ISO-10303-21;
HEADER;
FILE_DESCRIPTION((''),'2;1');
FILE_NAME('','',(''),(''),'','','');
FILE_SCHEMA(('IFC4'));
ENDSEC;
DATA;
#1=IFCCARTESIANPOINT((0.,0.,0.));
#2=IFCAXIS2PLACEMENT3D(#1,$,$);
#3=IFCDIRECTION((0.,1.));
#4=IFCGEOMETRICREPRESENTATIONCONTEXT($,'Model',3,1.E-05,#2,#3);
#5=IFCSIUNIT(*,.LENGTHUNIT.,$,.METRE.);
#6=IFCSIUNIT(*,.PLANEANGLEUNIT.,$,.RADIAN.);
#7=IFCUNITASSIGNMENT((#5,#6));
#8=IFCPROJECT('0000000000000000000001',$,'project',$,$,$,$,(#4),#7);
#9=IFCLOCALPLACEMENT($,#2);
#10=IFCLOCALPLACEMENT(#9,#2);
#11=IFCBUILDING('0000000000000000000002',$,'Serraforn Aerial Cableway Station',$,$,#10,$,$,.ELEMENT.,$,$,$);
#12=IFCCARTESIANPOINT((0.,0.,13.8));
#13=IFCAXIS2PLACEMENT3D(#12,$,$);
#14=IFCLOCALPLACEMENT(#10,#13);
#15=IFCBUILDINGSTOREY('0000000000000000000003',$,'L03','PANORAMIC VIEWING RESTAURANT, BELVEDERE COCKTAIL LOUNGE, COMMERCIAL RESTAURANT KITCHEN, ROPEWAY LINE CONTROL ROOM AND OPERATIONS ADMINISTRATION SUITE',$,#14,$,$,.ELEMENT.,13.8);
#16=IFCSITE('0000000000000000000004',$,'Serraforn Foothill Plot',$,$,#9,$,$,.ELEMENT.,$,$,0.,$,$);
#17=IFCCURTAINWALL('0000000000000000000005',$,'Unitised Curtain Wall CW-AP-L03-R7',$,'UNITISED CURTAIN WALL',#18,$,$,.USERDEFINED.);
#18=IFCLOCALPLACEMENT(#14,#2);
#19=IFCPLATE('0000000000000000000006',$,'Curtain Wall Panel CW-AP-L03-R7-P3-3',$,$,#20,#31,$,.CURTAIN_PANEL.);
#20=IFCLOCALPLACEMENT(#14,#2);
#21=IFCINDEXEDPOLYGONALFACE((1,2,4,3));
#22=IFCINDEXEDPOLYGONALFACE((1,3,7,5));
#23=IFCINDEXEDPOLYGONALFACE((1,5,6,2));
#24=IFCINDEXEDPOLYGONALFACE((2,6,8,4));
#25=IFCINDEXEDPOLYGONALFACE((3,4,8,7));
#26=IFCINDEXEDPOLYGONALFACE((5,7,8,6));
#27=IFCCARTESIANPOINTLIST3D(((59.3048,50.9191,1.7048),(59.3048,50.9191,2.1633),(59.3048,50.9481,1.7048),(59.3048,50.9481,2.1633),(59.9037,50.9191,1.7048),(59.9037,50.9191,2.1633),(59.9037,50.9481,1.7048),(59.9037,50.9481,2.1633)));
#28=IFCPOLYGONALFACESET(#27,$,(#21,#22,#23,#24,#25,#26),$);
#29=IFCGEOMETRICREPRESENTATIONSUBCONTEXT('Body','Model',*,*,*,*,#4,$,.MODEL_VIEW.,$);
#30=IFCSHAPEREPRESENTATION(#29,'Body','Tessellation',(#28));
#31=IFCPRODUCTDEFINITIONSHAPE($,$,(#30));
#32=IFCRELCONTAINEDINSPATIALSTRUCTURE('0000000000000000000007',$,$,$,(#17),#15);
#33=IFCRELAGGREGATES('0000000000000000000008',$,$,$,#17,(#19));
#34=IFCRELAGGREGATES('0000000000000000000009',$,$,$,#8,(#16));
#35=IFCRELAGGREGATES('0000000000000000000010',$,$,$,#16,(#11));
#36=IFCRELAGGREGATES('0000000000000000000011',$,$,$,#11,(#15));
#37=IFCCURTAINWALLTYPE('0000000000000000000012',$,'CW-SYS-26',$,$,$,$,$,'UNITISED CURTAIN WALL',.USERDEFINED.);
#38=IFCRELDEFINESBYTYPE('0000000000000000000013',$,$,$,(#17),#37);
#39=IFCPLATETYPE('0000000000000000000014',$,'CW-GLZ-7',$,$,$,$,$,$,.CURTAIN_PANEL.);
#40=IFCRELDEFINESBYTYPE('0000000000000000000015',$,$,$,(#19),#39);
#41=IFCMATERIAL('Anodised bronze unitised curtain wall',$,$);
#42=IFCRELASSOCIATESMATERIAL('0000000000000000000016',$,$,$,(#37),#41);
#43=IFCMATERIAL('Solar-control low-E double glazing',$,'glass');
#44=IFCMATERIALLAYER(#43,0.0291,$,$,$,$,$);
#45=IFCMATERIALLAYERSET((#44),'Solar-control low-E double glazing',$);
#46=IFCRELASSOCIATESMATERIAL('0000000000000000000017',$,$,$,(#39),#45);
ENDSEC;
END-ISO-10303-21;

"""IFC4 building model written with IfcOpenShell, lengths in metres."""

from ifc_helpers import new_model, si_unit, direction, frame, origin, origin_2d, place, context, subcontext, project, spatial, rectangle, extrude, material, layer, layer_set, type_object, element, aggregate, save


model = new_model("IFC4")

# Units and contexts
model_context = context("Model", 3, precision=1e-05, world=origin(), true_north=direction((0.0, 1.0)))
body_context = subcontext(model_context, "Body", "Model", "MODEL_VIEW")
ifc_project = project(units=[si_unit("LENGTHUNIT", "METRE"), si_unit("PLANEANGLEUNIT", "RADIAN")], contexts=[model_context])

# Site, building, storey
site_placement = place(None, origin())
site = spatial("IfcSite", under=ifc_project, at=site_placement, Name="Serraforn Foothill Plot", CompositionType="ELEMENT", RefElevation=0.0)
building_placement = place(site_placement, origin())
building = spatial("IfcBuilding", under=site, at=building_placement, Name="Serraforn Aerial Cableway Station", CompositionType="ELEMENT")
storey_placement = place(building_placement, frame((0.0, 0.0, 13.8)))
storey = spatial("IfcBuildingStorey", under=building, at=storey_placement, Name="L03", Description="PANORAMIC VIEWING RESTAURANT, BELVEDERE COCKTAIL LOUNGE, COMMERCIAL RESTAURANT KITCHEN, ROPEWAY LINE CONTROL ROOM AND OPERATIONS ADMINISTRATION SUITE", CompositionType="ELEMENT", Elevation=13.8)

# Curtain wall
ifc_material_1 = material(Name="Anodised bronze unitised curtain wall")
curtain_wall_type_1 = type_object("IfcCurtainWallType", Name="CW-SYS-26", ElementType="UNITISED CURTAIN WALL", PredefinedType="USERDEFINED", material=ifc_material_1)
curtain_wall_1_placement = place(storey_placement, origin())
curtain_wall_1 = element("IfcCurtainWall", 1, at=curtain_wall_1_placement, inside=storey, type_object=curtain_wall_type_1, Name="Unitised Curtain Wall CW-AP-L03-R7", ObjectType="UNITISED CURTAIN WALL", PredefinedType="USERDEFINED")

# Plate
ifc_material_2 = material(Name="Solar-control low-E double glazing", Category="glass")
ifc_layer_1 = layer(ifc_material_2, 0.0291)
ifc_layer_set_1 = layer_set([ifc_layer_1], Name="Solar-control low-E double glazing")
plate_type_1 = type_object("IfcPlateType", Name="CW-GLZ-7", PredefinedType="CURTAIN_PANEL", material=ifc_layer_set_1)
plate_1_placement = place(storey_placement, frame((59.6042, 50.9336, 1.7048), z_axis=(0.0, 0.0, 1.0), x_axis=(1.0, 0.0, 0.0)))
plate_1 = element("IfcPlate", 2, at=plate_1_placement, type_object=plate_type_1, Name="Curtain Wall Panel CW-AP-L03-R7-P3-3", PredefinedType="CURTAIN_PANEL", context=body_context, shape_type="SweptSolid", body=[
    extrude(rectangle(XDim=0.5989, YDim=0.0291, at=origin_2d()), origin(), (0.0, 0.0, 1.0), 0.4585),
])
aggregate(curtain_wall_1, [plate_1])

save(model, "model.ifc")
